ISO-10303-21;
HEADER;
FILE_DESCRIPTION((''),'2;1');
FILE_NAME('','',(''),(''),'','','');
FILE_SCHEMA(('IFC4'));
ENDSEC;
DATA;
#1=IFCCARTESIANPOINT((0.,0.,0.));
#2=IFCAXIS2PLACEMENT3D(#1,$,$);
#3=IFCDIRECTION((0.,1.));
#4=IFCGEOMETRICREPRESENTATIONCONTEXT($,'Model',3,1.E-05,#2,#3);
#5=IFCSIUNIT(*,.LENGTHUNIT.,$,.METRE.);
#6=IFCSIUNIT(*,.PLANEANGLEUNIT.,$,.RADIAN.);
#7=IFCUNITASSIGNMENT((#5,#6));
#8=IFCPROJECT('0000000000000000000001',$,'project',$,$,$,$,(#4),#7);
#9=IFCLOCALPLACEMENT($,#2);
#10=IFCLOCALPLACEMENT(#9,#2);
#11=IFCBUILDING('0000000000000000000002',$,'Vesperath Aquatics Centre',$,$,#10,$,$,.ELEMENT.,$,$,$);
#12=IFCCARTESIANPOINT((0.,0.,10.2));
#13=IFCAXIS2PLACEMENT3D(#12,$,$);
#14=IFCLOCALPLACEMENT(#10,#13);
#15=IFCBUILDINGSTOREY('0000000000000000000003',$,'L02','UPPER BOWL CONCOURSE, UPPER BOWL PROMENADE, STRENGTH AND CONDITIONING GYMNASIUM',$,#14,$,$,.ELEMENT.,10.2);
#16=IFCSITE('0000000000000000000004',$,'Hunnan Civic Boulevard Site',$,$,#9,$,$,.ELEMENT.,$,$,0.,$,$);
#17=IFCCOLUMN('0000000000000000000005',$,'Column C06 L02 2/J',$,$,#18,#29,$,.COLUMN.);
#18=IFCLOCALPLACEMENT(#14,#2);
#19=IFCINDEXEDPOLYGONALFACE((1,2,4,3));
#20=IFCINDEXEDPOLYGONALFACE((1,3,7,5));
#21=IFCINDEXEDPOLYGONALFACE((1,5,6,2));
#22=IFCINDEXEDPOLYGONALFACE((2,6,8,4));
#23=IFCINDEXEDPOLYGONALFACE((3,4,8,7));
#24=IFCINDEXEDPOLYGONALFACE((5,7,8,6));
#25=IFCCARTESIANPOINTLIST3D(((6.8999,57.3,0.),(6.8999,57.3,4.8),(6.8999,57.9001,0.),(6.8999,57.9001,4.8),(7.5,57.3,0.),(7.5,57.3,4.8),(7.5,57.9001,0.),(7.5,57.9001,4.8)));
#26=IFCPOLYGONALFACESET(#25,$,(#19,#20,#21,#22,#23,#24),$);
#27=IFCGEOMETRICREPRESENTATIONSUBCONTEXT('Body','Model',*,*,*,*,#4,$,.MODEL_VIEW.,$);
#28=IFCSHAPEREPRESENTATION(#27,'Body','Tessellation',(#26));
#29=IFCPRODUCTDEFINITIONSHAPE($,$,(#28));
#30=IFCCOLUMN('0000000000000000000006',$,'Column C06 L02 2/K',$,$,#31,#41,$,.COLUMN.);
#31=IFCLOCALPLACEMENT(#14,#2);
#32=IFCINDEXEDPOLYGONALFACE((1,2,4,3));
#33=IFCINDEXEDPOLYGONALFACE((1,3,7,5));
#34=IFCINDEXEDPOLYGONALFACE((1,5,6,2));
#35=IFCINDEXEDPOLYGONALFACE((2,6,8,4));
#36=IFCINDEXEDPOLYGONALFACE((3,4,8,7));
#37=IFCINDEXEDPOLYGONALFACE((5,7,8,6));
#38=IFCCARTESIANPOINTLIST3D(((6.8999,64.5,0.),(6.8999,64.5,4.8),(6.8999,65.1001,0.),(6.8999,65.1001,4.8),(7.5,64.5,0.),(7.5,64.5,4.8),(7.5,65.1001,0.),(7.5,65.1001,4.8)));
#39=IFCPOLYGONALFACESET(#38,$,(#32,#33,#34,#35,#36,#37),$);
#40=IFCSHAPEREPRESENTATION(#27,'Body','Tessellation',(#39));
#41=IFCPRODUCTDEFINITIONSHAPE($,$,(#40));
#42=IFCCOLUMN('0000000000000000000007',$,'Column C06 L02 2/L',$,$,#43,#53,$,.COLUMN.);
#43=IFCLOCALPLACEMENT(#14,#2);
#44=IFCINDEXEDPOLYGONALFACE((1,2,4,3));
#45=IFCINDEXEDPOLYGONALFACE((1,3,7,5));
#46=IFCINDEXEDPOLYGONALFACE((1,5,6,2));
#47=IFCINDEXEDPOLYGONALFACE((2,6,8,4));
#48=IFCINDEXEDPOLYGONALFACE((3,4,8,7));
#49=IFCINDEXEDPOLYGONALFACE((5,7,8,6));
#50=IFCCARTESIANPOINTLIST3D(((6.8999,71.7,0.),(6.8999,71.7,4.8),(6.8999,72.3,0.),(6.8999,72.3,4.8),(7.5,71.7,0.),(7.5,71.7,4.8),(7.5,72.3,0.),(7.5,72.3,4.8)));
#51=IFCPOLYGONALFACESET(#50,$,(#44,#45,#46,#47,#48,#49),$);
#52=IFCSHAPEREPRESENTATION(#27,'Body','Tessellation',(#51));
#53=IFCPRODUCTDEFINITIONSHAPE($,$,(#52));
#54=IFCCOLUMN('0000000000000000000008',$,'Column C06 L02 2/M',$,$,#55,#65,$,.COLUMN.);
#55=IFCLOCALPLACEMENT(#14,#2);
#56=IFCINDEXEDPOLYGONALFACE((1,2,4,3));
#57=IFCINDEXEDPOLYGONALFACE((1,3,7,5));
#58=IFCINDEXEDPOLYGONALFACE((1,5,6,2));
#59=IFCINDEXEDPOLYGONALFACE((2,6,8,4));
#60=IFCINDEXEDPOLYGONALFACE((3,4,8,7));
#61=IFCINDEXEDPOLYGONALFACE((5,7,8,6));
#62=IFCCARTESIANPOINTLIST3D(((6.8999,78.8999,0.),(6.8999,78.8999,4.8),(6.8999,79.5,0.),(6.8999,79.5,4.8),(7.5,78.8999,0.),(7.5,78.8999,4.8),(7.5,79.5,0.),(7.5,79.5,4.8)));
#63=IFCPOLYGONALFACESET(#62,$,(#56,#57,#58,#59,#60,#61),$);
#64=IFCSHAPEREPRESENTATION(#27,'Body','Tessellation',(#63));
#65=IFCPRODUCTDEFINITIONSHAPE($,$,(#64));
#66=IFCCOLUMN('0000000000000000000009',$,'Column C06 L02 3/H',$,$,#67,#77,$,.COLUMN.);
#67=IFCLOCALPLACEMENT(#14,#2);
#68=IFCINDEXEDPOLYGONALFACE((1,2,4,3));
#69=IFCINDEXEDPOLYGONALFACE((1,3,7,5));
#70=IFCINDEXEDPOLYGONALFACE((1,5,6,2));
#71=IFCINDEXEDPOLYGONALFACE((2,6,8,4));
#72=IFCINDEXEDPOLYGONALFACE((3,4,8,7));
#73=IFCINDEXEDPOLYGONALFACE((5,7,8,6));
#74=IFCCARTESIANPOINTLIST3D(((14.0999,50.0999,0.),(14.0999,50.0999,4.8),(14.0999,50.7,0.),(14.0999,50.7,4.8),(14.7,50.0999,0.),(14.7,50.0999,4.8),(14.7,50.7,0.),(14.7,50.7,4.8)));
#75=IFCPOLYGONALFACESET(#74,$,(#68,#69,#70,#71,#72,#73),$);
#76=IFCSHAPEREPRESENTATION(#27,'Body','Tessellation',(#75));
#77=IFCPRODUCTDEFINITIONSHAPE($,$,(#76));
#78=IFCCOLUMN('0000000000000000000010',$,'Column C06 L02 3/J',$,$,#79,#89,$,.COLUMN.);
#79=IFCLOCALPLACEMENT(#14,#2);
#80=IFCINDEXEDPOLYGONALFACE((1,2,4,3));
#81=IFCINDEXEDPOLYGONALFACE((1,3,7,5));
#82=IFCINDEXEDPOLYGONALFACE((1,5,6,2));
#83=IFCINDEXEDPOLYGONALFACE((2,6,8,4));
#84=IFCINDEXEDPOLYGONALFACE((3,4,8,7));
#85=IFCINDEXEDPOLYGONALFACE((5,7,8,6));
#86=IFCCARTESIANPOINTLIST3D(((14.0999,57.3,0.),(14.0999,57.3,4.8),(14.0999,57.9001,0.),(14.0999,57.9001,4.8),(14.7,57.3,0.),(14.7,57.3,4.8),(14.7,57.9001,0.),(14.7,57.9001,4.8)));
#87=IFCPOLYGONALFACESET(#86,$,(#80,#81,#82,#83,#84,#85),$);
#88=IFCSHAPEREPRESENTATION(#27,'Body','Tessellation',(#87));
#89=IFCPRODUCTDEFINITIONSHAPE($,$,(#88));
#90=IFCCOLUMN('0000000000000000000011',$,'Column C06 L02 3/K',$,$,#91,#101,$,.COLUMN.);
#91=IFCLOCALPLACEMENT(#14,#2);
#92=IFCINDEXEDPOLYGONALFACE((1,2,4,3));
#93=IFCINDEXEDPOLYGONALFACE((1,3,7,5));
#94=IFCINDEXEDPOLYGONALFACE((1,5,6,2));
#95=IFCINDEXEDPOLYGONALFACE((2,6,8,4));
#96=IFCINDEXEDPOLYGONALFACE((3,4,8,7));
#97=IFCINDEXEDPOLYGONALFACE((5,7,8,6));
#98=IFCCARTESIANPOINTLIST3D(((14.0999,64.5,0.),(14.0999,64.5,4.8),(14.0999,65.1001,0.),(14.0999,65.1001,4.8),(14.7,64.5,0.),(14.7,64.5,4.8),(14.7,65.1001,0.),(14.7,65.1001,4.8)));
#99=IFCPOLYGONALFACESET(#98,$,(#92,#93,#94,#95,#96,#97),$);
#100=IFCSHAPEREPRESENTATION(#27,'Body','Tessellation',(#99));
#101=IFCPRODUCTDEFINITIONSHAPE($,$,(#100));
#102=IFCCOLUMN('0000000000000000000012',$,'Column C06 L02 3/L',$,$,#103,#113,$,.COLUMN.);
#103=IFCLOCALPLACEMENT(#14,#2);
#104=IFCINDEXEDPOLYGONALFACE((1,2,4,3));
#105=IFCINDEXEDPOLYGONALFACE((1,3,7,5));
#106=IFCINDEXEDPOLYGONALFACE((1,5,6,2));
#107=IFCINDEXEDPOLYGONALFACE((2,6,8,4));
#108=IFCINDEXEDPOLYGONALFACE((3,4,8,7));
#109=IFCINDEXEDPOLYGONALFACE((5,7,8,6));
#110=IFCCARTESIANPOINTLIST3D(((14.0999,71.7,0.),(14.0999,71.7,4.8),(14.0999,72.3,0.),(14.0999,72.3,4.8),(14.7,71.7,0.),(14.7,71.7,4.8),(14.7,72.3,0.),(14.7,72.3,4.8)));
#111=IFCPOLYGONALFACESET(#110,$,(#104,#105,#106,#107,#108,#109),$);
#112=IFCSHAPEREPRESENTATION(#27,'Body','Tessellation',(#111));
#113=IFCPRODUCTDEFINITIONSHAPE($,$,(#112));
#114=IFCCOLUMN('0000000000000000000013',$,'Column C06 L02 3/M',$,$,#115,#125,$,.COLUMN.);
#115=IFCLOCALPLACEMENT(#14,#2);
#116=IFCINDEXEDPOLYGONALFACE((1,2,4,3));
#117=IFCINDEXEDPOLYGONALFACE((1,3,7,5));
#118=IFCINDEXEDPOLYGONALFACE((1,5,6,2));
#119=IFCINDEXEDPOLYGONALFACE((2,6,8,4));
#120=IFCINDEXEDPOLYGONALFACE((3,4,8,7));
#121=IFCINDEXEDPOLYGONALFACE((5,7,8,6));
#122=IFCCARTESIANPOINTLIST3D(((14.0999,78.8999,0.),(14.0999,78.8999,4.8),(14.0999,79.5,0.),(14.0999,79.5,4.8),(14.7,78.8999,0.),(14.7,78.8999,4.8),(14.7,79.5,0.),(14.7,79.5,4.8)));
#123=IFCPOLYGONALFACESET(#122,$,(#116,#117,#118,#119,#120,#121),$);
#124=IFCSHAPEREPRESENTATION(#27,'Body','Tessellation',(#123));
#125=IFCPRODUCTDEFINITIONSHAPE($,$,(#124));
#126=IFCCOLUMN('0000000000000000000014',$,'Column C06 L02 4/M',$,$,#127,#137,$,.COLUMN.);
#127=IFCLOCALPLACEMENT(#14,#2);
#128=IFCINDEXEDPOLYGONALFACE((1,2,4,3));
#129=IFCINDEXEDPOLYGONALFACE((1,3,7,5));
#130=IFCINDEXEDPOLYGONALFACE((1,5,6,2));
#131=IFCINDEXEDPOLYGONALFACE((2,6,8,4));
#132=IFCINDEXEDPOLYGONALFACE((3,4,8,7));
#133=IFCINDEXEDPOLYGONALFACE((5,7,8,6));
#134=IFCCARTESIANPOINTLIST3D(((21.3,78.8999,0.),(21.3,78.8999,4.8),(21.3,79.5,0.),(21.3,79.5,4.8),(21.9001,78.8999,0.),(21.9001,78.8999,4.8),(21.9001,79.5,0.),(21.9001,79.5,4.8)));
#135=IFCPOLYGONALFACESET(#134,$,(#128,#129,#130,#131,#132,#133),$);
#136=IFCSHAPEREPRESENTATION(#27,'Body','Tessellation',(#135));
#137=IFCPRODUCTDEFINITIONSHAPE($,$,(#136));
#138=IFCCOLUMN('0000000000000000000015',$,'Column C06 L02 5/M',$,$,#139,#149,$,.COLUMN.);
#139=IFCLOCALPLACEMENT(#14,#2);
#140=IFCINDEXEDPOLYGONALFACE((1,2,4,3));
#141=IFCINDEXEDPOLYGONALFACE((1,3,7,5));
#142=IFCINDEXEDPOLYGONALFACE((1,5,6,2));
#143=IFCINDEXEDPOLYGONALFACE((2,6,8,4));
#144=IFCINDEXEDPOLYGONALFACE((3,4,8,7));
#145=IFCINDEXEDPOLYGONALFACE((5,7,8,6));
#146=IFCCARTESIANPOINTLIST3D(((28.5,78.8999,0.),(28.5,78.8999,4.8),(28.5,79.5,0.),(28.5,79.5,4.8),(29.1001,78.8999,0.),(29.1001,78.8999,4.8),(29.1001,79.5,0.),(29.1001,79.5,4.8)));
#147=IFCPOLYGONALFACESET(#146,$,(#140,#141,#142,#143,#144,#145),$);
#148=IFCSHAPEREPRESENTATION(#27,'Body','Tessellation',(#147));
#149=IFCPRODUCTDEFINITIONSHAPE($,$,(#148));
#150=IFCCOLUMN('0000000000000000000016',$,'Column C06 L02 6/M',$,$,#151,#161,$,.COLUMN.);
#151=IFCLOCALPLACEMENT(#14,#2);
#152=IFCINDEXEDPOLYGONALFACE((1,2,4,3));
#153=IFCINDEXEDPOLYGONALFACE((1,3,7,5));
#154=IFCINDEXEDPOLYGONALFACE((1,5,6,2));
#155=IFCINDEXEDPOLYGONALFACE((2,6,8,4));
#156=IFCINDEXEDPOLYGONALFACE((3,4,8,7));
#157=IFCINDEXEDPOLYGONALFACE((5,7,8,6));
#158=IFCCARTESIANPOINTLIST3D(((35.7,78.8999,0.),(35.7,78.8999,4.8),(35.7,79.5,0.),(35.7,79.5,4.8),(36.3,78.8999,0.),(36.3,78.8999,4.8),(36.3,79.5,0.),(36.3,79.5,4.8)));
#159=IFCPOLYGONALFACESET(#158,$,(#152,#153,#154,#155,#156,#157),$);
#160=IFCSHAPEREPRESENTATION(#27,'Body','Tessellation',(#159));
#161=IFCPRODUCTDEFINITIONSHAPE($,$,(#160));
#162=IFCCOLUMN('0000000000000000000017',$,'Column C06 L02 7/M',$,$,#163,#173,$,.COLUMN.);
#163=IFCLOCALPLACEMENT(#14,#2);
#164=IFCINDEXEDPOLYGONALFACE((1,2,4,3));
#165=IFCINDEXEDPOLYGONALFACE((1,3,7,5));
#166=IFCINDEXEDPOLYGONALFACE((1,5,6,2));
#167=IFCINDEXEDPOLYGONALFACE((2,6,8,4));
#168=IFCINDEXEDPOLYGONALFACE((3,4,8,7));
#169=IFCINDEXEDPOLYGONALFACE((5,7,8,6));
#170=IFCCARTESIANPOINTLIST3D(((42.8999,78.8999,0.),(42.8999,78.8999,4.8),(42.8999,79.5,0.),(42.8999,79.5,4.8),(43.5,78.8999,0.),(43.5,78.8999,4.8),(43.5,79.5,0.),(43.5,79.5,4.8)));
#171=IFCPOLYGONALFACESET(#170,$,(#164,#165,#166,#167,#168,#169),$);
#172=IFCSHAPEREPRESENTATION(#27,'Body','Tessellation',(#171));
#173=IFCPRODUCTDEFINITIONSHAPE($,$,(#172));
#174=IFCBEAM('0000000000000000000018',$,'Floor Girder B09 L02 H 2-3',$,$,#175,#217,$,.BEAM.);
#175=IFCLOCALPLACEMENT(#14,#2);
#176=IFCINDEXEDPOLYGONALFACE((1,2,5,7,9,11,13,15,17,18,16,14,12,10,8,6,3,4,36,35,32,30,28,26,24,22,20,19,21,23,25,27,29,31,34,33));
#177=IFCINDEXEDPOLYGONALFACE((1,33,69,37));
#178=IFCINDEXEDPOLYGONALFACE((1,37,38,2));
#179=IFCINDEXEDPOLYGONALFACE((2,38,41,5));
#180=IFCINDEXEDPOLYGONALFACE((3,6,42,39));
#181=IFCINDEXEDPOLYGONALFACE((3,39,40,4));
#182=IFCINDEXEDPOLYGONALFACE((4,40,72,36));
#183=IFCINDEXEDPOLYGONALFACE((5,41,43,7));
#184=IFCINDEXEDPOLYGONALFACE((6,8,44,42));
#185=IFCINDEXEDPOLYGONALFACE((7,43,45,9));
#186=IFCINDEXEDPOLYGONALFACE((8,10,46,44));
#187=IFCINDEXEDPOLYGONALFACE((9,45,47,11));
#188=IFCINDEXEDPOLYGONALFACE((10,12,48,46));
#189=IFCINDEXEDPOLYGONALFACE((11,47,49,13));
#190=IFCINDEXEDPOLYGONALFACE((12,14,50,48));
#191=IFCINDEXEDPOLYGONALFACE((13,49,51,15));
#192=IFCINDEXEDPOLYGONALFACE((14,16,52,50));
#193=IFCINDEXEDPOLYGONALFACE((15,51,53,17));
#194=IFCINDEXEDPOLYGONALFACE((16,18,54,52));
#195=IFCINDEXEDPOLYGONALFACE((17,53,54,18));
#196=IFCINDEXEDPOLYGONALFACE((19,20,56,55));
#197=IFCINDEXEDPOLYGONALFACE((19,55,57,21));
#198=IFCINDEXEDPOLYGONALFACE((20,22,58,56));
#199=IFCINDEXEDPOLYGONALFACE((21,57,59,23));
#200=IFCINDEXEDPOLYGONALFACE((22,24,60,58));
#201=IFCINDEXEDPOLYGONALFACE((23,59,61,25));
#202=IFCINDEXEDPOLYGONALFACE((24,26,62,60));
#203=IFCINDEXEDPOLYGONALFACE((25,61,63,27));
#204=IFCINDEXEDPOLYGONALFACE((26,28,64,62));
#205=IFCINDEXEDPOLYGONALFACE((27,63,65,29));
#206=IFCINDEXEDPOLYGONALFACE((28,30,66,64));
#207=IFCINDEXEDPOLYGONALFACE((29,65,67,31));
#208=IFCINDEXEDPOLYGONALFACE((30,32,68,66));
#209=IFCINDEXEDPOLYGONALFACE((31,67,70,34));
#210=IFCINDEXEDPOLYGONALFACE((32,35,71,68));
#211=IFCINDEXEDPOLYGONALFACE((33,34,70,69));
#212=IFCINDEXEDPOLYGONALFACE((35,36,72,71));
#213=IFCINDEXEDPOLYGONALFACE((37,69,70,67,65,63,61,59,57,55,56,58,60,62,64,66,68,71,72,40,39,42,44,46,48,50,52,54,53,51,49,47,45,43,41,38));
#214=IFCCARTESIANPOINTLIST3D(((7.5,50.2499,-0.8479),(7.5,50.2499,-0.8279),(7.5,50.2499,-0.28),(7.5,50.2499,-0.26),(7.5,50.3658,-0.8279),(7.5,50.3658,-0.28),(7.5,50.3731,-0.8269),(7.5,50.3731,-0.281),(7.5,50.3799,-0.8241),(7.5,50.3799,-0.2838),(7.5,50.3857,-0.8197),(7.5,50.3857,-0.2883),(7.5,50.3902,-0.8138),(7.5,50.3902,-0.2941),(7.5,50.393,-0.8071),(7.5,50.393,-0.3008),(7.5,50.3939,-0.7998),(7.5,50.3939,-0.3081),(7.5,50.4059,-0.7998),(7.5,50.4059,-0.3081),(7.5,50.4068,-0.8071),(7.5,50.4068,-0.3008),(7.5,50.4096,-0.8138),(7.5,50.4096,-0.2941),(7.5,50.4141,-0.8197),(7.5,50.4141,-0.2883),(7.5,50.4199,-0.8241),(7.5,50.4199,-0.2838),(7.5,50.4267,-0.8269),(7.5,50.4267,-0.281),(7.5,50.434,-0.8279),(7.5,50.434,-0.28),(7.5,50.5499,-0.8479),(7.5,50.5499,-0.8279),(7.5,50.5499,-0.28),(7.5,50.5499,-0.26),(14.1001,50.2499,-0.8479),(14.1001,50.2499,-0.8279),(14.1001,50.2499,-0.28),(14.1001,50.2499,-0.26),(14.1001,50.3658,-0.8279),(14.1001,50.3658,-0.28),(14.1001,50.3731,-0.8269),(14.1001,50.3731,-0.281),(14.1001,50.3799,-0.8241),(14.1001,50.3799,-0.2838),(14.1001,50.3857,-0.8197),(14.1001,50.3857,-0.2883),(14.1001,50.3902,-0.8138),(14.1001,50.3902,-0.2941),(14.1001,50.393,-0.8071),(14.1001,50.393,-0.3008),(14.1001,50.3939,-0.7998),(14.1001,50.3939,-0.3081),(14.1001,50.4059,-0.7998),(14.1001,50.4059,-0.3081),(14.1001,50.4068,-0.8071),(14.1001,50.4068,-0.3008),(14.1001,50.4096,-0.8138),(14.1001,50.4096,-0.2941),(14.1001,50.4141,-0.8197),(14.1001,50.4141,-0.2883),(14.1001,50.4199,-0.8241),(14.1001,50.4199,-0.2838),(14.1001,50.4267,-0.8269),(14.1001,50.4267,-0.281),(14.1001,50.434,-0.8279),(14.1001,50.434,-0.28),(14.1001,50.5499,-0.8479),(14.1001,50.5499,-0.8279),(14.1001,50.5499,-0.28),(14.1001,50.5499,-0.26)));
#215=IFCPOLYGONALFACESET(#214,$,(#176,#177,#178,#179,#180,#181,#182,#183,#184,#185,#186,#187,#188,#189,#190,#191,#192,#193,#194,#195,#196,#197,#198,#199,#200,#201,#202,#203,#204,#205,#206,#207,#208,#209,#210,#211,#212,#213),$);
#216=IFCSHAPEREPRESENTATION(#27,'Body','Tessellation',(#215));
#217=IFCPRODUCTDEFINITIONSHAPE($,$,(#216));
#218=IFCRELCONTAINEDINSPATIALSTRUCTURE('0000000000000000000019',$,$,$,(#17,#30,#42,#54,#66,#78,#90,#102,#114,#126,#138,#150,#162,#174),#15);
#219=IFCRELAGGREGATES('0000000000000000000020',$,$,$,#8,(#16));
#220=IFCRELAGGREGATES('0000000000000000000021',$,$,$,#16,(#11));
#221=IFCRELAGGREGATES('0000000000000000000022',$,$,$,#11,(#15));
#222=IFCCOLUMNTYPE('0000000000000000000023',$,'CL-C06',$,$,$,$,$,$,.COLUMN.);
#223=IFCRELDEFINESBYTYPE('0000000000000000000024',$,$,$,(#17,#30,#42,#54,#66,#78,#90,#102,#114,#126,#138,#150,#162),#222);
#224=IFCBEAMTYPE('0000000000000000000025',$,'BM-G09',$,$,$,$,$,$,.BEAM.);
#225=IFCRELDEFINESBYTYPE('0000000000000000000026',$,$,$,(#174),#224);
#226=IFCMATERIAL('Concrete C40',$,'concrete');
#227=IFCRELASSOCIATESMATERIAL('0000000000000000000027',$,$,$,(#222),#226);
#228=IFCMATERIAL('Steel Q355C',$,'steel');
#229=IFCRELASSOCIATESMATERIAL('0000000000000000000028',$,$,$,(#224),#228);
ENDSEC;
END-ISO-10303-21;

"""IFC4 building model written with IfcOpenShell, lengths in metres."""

from ifc_helpers import new_model, si_unit, direction, frame, origin, origin_2d, place, context, subcontext, project, spatial, rectangle, i_section, extrude, material, material_profile, profile_set, type_object, element, save


model = new_model("IFC4")

# Units and contexts
model_context = context("Model", 3, precision=1e-05, world=origin(), true_north=direction((0.0, 1.0)))
body_context = subcontext(model_context, "Body", "Model", "MODEL_VIEW")
ifc_project = project(units=[si_unit("LENGTHUNIT", "METRE"), si_unit("PLANEANGLEUNIT", "RADIAN")], contexts=[model_context])

# Site, building, storey
site_placement = place(None, origin())
site = spatial("IfcSite", under=ifc_project, at=site_placement, Name="Hunnan Civic Boulevard Site", CompositionType="ELEMENT", RefElevation=0.0)
building_placement = place(site_placement, origin())
building = spatial("IfcBuilding", under=site, at=building_placement, Name="Vesperath Aquatics Centre", CompositionType="ELEMENT")
storey_placement = place(building_placement, frame((0.0, 0.0, 10.2)))
storey = spatial("IfcBuildingStorey", under=building, at=storey_placement, Name="L02", Description="UPPER BOWL CONCOURSE, UPPER BOWL PROMENADE, STRENGTH AND CONDITIONING GYMNASIUM", CompositionType="ELEMENT", Elevation=10.2)

# Columns
ifc_material_1 = material(Name="Concrete C40", Category="concrete")
ifc_material_profile_1 = material_profile(ifc_material_1, rectangle(XDim=0.6001, YDim=0.6001, at=origin_2d()), Name="RC 600x600")
ifc_profile_set_1 = profile_set([ifc_material_profile_1], Name="Concrete C40")
column_type = type_object("IfcColumnType", Name="CL-C06", PredefinedType="COLUMN", material=ifc_profile_set_1)
for number, where, z_axis, x_axis, name in (
    (1, (7.2, 57.6001, 0.0), (0.0, 0.0, 1.0), (1.0, 0.0, 0.0), "Column C06 L02 2/J"),
    (2, (7.2, 64.8, 0.0), (0.0, 0.0, 1.0), (1.0, 0.0, 0.0), "Column C06 L02 2/K"),
    (3, (7.2, 72.0, 0.0), (0.0, 0.0, 1.0), (1.0, 0.0, 0.0), "Column C06 L02 2/L"),
    (4, (7.2, 79.2, 0.0), (0.0, 0.0, 1.0), (1.0, 0.0, 0.0), "Column C06 L02 2/M"),
    (5, (14.3999, 50.3999, 0.0), (0.0, 0.0, 1.0), (1.0, 0.0, 0.0), "Column C06 L02 3/H"),
    (6, (14.3999, 57.6001, 0.0), (0.0, 0.0, 1.0), (1.0, 0.0, 0.0), "Column C06 L02 3/J"),
    (7, (14.3999, 64.8, 0.0), (0.0, 0.0, 1.0), (1.0, 0.0, 0.0), "Column C06 L02 3/K"),
    (8, (14.3999, 72.0, 0.0), (0.0, 0.0, 1.0), (1.0, 0.0, 0.0), "Column C06 L02 3/L"),
    (9, (14.3999, 79.2, 0.0), (0.0, 0.0, 1.0), (1.0, 0.0, 0.0), "Column C06 L02 3/M"),
    (10, (21.6001, 79.2, 0.0), (0.0, 0.0, 1.0), (1.0, 0.0, 0.0), "Column C06 L02 4/M"),
    (11, (28.8, 79.2, 0.0), (0.0, 0.0, 1.0), (1.0, 0.0, 0.0), "Column C06 L02 5/M"),
    (12, (36.0, 79.2, 0.0), (0.0, 0.0, 1.0), (1.0, 0.0, 0.0), "Column C06 L02 6/M"),
    (13, (43.2, 79.2, 0.0), (0.0, 0.0, 1.0), (1.0, 0.0, 0.0), "Column C06 L02 7/M"),
):
    element("IfcColumn", number, at=place(storey_placement, frame(where, z_axis=z_axis, x_axis=x_axis)), inside=storey, type_object=column_type, Name=name, PredefinedType="COLUMN", context=body_context, shape_type="SweptSolid", body=[
        extrude(rectangle(XDim=0.6001, YDim=0.6001, at=origin_2d()), origin(), (0.0, 0.0, 1.0), 4.8),
    ])

# Beam
ifc_material_2 = material(Name="Steel Q355C", Category="steel")
ifc_material_profile_2 = material_profile(ifc_material_2, i_section(OverallWidth=0.3, OverallDepth=0.5879, WebThickness=0.012, FlangeThickness=0.02, FilletRadius=0.0281, at=origin_2d()), Name="HM 588x300x12x20")
ifc_profile_set_2 = profile_set([ifc_material_profile_2], Name="Steel Q355C")
beam_type_1 = type_object("IfcBeamType", Name="BM-G09", PredefinedType="BEAM", material=ifc_profile_set_2)
for number, where, z_axis, x_axis, name in (
    (14, (7.5, 50.3999, -0.554), (1.0, 0.0, 0.0), (0.0, 1.0, 0.0), "Floor Girder B09 L02 H 2-3"),
):
    element("IfcBeam", number, at=place(storey_placement, frame(where, z_axis=z_axis, x_axis=x_axis)), inside=storey, type_object=beam_type_1, Name=name, PredefinedType="BEAM", context=body_context, shape_type="SweptSolid", body=[
        extrude(i_section(OverallWidth=0.3, OverallDepth=0.5879, WebThickness=0.012, FlangeThickness=0.02, FilletRadius=0.0281, at=origin_2d()), origin(), (0.0, 0.0, 1.0), 6.6001),
    ])

save(model, "model.ifc")
